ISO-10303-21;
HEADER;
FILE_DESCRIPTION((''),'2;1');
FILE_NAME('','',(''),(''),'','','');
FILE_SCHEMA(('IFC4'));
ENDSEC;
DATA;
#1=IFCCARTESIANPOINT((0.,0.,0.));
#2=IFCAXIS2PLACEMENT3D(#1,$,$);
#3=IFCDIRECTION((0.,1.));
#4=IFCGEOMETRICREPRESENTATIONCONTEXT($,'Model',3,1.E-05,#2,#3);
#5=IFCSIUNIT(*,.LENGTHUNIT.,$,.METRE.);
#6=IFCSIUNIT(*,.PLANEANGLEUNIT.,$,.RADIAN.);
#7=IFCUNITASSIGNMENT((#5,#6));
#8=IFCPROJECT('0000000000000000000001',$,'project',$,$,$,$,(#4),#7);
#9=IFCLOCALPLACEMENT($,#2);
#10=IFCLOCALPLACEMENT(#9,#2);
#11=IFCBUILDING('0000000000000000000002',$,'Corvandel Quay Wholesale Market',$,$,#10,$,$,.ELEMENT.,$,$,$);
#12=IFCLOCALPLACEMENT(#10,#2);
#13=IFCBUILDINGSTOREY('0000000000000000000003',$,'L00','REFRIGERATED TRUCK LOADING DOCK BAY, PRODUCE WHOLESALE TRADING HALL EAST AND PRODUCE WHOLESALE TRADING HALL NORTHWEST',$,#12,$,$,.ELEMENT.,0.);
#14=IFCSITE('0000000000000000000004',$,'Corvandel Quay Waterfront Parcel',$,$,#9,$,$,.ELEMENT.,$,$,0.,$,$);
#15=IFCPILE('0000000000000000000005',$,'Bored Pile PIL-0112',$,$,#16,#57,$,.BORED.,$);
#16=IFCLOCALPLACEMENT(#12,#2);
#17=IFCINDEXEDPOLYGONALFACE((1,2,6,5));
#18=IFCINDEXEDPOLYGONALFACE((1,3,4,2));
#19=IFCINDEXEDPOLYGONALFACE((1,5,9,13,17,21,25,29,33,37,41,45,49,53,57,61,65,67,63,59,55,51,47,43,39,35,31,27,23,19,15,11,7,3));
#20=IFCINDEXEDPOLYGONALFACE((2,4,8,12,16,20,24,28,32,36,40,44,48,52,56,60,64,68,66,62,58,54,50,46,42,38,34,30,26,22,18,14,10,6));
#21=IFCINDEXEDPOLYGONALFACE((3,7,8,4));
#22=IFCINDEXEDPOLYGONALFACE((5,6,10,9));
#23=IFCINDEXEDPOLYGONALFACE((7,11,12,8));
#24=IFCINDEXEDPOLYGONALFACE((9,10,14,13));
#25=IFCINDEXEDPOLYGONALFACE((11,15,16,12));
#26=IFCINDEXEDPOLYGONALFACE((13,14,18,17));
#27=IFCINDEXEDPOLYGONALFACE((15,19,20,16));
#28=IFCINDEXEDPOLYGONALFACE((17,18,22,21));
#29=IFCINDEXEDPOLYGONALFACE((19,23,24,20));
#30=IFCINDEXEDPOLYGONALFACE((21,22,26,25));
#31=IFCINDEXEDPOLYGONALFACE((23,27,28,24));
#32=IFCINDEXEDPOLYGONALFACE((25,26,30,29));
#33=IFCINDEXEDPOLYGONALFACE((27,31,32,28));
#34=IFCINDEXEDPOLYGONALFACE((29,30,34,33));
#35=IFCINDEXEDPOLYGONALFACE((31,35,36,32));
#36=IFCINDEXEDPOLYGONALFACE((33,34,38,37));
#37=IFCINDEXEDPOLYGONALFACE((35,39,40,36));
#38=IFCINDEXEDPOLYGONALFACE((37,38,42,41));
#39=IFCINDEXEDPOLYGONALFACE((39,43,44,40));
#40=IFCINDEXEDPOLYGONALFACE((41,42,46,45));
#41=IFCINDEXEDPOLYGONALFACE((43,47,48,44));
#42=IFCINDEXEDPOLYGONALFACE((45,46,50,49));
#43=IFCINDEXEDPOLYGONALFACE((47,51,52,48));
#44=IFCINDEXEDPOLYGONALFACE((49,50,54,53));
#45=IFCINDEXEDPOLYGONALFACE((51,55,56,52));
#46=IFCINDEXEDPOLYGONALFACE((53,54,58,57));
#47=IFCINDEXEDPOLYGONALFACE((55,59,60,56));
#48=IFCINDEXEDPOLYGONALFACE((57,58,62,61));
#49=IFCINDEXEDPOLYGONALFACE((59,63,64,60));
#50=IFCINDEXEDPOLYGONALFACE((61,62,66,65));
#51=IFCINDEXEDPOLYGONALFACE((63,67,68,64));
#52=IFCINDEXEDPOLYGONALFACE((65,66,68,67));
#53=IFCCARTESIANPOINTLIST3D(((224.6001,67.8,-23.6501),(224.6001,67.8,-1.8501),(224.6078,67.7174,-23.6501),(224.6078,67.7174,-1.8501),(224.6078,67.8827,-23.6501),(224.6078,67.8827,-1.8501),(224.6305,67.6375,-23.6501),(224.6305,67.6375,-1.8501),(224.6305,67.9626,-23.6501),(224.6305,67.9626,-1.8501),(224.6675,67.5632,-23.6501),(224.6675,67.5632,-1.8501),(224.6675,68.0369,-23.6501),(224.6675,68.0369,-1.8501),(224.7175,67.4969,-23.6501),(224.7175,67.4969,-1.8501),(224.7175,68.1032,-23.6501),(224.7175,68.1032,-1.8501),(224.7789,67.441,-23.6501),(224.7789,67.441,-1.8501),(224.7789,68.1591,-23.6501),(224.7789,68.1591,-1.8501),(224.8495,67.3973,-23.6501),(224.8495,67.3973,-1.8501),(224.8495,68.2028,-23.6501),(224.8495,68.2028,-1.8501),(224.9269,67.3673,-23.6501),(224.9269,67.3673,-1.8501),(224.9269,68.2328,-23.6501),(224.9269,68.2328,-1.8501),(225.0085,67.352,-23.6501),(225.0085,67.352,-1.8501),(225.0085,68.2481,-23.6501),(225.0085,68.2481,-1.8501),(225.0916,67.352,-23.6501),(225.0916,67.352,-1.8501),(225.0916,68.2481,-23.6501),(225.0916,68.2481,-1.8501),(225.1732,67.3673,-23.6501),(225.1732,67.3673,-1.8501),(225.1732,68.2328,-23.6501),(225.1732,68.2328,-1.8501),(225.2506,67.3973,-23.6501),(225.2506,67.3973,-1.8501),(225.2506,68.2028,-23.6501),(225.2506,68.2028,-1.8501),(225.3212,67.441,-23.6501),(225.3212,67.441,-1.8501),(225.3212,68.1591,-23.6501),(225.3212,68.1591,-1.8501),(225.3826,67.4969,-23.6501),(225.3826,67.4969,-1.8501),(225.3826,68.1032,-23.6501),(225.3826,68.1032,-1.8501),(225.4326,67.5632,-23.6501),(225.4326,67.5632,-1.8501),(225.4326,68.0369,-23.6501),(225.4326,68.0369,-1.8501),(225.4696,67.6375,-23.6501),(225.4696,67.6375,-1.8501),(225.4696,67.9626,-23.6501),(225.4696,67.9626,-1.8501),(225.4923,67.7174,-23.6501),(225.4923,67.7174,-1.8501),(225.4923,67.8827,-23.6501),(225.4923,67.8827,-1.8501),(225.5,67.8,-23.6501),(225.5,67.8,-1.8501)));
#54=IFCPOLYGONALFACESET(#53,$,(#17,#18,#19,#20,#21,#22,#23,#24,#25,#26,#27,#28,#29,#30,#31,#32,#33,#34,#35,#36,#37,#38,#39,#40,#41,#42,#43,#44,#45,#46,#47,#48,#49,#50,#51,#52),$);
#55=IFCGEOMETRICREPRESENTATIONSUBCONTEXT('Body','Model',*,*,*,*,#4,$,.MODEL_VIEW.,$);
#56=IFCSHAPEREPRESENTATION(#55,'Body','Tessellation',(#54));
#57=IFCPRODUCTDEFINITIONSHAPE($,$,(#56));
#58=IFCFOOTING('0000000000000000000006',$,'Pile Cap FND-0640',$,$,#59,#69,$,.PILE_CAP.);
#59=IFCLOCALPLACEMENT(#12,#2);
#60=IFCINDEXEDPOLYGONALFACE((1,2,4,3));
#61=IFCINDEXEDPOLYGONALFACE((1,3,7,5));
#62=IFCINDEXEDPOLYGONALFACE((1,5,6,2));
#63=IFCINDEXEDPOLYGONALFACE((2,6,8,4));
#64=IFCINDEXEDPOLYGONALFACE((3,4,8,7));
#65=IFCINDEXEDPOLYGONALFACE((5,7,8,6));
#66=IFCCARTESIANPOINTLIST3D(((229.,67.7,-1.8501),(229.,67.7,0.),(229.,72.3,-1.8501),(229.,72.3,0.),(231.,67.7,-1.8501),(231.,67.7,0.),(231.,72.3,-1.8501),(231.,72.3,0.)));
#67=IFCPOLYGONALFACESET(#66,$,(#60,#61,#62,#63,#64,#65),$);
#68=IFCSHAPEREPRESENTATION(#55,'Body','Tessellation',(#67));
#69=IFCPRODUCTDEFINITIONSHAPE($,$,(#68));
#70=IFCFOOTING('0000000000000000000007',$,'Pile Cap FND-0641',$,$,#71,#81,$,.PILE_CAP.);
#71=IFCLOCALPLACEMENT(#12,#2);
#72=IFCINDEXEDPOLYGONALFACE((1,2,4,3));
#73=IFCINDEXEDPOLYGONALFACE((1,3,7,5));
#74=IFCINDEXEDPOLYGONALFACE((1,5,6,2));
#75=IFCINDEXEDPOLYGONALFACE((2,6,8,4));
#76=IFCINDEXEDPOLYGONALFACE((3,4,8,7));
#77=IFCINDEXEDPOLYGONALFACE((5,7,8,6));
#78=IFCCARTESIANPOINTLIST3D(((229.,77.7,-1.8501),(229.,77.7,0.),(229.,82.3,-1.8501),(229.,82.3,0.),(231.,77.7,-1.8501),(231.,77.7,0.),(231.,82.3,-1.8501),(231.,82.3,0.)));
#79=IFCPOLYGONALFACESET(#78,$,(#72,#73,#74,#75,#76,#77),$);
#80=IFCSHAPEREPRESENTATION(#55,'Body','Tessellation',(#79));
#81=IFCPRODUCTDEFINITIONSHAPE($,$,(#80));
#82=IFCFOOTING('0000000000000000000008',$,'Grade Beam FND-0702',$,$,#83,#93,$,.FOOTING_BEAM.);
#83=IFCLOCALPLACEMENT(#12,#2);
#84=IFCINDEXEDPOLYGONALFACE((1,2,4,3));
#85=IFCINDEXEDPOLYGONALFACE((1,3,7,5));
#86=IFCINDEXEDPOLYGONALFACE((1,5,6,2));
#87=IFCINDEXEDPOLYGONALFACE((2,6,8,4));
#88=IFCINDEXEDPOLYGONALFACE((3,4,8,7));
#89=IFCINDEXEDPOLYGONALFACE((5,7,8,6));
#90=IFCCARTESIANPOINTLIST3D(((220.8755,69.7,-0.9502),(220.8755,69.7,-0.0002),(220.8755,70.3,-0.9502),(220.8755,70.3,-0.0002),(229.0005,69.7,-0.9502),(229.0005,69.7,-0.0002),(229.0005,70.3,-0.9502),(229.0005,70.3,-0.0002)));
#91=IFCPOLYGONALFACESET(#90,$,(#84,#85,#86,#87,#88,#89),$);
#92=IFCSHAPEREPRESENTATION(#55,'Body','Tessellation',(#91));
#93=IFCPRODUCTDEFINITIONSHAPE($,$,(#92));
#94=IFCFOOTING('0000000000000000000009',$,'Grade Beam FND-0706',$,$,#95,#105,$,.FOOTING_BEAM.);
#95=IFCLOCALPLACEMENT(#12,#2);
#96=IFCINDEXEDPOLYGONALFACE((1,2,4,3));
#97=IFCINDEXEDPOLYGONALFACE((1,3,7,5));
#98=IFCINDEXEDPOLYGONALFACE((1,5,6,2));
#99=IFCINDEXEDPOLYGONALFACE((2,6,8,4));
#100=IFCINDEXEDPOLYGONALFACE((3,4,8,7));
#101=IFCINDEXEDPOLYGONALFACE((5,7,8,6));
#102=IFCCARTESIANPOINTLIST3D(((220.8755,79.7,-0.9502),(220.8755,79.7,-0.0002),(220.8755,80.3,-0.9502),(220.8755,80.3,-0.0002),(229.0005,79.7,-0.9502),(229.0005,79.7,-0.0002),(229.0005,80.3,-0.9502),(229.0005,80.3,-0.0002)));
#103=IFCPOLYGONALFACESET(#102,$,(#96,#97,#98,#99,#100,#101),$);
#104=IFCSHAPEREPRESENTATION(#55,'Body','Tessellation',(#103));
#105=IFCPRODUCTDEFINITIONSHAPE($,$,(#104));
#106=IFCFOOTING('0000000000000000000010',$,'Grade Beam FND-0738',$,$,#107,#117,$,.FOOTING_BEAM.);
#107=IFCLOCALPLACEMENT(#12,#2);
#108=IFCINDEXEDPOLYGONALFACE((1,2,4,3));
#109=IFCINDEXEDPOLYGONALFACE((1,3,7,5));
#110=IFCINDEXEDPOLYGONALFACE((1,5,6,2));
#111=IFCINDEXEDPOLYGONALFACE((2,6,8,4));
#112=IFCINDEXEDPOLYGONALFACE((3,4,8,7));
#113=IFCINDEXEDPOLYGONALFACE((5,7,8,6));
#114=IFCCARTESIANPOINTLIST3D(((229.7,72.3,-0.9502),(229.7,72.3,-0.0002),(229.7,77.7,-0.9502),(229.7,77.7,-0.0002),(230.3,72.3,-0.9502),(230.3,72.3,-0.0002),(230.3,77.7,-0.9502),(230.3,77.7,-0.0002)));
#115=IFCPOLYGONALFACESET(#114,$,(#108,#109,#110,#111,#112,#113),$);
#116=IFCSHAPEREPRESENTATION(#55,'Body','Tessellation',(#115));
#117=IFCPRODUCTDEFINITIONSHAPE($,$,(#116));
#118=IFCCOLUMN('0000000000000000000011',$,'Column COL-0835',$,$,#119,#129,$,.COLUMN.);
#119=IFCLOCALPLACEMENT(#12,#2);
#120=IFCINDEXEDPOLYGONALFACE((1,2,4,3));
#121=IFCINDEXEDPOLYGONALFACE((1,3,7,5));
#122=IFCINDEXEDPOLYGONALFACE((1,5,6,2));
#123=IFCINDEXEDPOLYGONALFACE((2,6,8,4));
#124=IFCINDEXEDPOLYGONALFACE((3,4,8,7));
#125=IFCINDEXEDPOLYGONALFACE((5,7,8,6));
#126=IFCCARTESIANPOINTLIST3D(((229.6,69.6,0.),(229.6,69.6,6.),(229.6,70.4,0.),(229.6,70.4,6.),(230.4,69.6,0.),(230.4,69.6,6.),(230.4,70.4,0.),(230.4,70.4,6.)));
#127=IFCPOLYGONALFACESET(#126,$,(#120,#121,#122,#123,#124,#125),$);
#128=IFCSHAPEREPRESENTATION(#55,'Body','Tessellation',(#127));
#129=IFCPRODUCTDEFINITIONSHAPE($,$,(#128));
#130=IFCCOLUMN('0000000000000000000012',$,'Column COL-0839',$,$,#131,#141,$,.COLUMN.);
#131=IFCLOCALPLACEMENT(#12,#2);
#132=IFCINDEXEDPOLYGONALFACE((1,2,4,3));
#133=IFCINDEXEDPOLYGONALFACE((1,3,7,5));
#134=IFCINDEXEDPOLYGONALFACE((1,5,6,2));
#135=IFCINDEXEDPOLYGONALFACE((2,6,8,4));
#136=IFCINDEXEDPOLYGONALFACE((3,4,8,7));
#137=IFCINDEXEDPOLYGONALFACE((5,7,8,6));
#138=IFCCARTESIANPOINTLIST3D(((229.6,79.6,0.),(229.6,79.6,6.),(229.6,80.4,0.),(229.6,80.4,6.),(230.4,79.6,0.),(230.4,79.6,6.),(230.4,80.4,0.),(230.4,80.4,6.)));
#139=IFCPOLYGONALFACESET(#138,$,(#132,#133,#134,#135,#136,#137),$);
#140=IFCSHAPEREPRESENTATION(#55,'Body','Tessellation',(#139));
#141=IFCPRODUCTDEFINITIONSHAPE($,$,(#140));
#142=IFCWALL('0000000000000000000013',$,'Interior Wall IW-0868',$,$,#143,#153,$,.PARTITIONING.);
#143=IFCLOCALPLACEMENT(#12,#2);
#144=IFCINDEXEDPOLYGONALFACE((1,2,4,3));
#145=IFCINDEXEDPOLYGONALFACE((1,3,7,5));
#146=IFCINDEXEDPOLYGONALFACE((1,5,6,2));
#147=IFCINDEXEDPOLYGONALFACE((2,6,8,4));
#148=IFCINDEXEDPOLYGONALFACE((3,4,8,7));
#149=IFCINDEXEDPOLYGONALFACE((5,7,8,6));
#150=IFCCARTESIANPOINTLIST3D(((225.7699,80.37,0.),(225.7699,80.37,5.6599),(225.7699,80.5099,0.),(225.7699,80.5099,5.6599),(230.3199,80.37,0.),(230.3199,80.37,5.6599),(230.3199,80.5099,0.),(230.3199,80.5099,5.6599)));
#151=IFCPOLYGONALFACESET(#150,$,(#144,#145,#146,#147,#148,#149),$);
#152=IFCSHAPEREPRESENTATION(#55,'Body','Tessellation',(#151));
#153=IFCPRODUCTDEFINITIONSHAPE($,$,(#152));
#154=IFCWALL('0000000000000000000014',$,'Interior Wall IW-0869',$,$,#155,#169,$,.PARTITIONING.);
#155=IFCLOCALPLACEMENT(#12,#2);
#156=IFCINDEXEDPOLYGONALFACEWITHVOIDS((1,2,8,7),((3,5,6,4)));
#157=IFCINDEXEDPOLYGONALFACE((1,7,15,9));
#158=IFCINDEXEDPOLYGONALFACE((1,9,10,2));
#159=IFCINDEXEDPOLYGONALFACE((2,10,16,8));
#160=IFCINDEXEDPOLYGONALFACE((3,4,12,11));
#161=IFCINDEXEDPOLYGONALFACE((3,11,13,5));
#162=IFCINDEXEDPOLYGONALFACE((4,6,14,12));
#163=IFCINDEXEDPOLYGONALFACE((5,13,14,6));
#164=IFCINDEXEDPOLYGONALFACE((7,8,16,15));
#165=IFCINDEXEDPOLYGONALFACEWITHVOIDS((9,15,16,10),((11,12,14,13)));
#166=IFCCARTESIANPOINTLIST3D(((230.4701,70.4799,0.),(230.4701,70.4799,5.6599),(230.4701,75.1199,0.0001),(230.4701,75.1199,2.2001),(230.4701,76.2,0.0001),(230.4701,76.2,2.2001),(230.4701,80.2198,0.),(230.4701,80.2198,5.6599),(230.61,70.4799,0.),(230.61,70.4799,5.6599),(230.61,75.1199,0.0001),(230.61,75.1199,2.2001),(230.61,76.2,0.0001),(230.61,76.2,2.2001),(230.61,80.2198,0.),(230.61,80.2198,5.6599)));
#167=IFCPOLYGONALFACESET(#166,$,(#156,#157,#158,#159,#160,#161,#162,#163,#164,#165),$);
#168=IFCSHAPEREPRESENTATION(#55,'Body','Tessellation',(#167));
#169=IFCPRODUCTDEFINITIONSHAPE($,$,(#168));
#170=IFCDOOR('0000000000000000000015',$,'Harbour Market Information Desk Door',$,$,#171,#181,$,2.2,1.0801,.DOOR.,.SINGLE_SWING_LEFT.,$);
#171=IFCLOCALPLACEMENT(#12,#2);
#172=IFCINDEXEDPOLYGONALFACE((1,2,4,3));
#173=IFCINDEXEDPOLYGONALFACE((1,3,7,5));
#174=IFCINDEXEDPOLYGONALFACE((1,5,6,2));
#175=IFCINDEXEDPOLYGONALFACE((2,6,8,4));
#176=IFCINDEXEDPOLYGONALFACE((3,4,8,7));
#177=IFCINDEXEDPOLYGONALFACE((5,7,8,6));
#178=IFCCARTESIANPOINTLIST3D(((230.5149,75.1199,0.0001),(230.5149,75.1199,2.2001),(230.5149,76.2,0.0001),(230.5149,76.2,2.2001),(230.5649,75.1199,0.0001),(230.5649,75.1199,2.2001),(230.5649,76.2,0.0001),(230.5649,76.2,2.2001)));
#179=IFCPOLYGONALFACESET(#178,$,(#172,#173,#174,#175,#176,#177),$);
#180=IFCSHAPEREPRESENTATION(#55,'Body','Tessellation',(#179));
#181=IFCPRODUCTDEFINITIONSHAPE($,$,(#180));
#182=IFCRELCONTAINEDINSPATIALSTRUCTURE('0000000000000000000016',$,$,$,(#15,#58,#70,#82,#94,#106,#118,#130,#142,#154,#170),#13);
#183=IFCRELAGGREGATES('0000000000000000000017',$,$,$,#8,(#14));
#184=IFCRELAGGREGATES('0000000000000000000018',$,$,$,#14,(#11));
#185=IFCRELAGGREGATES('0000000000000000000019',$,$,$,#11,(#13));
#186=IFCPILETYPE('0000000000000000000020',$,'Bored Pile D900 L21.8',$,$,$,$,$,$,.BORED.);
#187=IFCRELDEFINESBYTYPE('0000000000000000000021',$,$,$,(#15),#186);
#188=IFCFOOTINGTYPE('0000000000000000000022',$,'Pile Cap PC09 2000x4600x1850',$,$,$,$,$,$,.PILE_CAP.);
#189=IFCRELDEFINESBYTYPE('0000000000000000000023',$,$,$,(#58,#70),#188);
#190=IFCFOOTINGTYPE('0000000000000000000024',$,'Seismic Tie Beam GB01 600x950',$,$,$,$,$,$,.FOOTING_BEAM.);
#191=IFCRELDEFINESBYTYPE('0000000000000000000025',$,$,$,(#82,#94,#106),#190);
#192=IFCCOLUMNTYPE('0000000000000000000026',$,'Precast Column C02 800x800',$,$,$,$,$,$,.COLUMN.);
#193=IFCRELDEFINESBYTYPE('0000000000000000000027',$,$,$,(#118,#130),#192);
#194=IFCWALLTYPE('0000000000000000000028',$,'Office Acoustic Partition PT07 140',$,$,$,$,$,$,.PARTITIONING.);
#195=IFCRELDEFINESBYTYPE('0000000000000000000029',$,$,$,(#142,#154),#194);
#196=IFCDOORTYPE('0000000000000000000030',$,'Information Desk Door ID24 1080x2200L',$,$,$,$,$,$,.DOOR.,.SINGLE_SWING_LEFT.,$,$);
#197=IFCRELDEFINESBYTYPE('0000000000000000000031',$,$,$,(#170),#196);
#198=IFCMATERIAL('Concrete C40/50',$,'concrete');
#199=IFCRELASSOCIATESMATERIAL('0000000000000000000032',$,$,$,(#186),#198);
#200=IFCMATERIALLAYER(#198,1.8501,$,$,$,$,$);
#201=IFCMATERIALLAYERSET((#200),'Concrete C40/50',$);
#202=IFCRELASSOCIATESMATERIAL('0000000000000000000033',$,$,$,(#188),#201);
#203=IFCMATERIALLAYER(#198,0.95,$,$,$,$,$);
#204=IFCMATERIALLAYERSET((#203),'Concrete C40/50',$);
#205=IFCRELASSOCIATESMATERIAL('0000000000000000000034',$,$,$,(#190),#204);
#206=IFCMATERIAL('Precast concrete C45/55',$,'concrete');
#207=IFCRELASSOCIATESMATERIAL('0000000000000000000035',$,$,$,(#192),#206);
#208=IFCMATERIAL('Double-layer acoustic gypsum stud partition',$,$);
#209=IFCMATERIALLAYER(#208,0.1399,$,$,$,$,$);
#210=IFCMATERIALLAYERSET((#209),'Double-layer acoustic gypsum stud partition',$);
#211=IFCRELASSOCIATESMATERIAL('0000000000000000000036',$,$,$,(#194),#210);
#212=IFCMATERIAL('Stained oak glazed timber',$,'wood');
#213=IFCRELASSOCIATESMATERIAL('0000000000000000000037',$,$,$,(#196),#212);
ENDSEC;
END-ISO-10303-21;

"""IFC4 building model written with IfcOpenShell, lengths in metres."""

from ifc_helpers import new_model, si_unit, direction, frame, frame_2d, origin, origin_2d, place, context, subcontext, project, spatial, rectangle, circle, extrude, material, layer, layer_set, material_profile, profile_set, type_object, element, fill, save


model = new_model("IFC4")

# Units and contexts
model_context = context("Model", 3, precision=1e-05, world=origin(), true_north=direction((0.0, 1.0)))
body_context = subcontext(model_context, "Body", "Model", "MODEL_VIEW")
ifc_project = project(units=[si_unit("LENGTHUNIT", "METRE"), si_unit("PLANEANGLEUNIT", "RADIAN")], contexts=[model_context])

# Site, building, storey
site_placement = place(None, origin())
site = spatial("IfcSite", under=ifc_project, at=site_placement, Name="Corvandel Quay Waterfront Parcel", CompositionType="ELEMENT", RefElevation=0.0)
building_placement = place(site_placement, origin())
building = spatial("IfcBuilding", under=site, at=building_placement, Name="Corvandel Quay Wholesale Market", CompositionType="ELEMENT")
storey_placement = place(building_placement, origin())
storey = spatial("IfcBuildingStorey", under=building, at=storey_placement, Name="L00", Description="REFRIGERATED TRUCK LOADING DOCK BAY, PRODUCE WHOLESALE TRADING HALL EAST AND PRODUCE WHOLESALE TRADING HALL NORTHWEST", CompositionType="ELEMENT", Elevation=0.0)

# Pile
ifc_material_1 = material(Name="Concrete C40/50", Category="concrete")
ifc_material_profile_1 = material_profile(ifc_material_1, circle(Radius=0.45, at=origin_2d()), Name="RC-PILE-D900")
ifc_profile_set_1 = profile_set([ifc_material_profile_1], Name="Concrete C40/50")
pile_type_1 = type_object("IfcPileType", Name="Bored Pile D900 L21.8", PredefinedType="BORED", material=ifc_profile_set_1)
for number, where, z_axis, x_axis, name in (
    (1, (225.05, 67.8, -1.8501), (0.0, 0.0, -1.0), (1.0, 0.0, 0.0), "Bored Pile PIL-0112"),
):
    element("IfcPile", number, at=place(storey_placement, frame(where, z_axis=z_axis, x_axis=x_axis)), inside=storey, type_object=pile_type_1, Name=name, PredefinedType="BORED", context=body_context, shape_type="SweptSolid", body=[
        extrude(circle(Radius=0.45, at=origin_2d()), origin(), (0.0, 0.0, 1.0), 21.8),
    ])

# Footings
ifc_layer_1 = layer(ifc_material_1, 1.8501)
ifc_layer_set_1 = layer_set([ifc_layer_1], Name="Concrete C40/50")
footing_type_1 = type_object("IfcFootingType", Name="Pile Cap PC09 2000x4600x1850", PredefinedType="PILE_CAP", material=ifc_layer_set_1)
for number, where, z_axis, x_axis, name in (
    (2, (230.0, 70.0, -1.8501), (0.0, 0.0, 1.0), (1.0, 0.0, 0.0), "Pile Cap FND-0640"),
    (3, (230.0, 80.0, -1.8501), (0.0, 0.0, 1.0), (1.0, 0.0, 0.0), "Pile Cap FND-0641"),
):
    element("IfcFooting", number, at=place(storey_placement, frame(where, z_axis=z_axis, x_axis=x_axis)), inside=storey, type_object=footing_type_1, Name=name, PredefinedType="PILE_CAP", context=body_context, shape_type="SweptSolid", body=[
        extrude(rectangle(XDim=2.0, YDim=4.6001, at=origin_2d()), origin(), (0.0, 0.0, 1.0), 1.8501),
    ])
ifc_layer_2 = layer(ifc_material_1, 0.95)
ifc_layer_set_2 = layer_set([ifc_layer_2], Name="Concrete C40/50")
footing_type_2 = type_object("IfcFootingType", Name="Seismic Tie Beam GB01 600x950", PredefinedType="FOOTING_BEAM", material=ifc_layer_set_2)
for number, where, z_axis, x_axis, name in (
    (4, (224.938, 70.0, -0.9502), (0.0, 0.0, 1.0), (1.0, 0.0, 0.0), "Grade Beam FND-0702"),
    (5, (224.938, 80.0, -0.9502), (0.0, 0.0, 1.0), (1.0, 0.0, 0.0), "Grade Beam FND-0706"),
):
    element("IfcFooting", number, at=place(storey_placement, frame(where, z_axis=z_axis, x_axis=x_axis)), inside=storey, type_object=footing_type_2, Name=name, PredefinedType="FOOTING_BEAM", context=body_context, shape_type="SweptSolid", body=[
        extrude(rectangle(XDim=8.125, YDim=0.6001, at=origin_2d()), origin(), (0.0, 0.0, 1.0), 0.95),
    ])
footing_placement = place(storey_placement, frame((230.0, 75.0, -0.9502), z_axis=(0.0, 0.0, 1.0), x_axis=(0.0, 1.0, 0.0)))
element("IfcFooting", 6, at=footing_placement, inside=storey, type_object=footing_type_2, Name="Grade Beam FND-0738", PredefinedType="FOOTING_BEAM", context=body_context, shape_type="SweptSolid", body=[
    extrude(rectangle(XDim=5.3999, YDim=0.6001, at=origin_2d()), origin(), (0.0, 0.0, 1.0), 0.95),
])

# Columns
ifc_material_2 = material(Name="Precast concrete C45/55", Category="concrete")
ifc_material_profile_2 = material_profile(ifc_material_2, rectangle(XDim=0.8, YDim=0.8, at=origin_2d()), Name="PC-COL-800x800")
ifc_profile_set_2 = profile_set([ifc_material_profile_2], Name="Precast concrete C45/55")
column_type = type_object("IfcColumnType", Name="Precast Column C02 800x800", PredefinedType="COLUMN", material=ifc_profile_set_2)
for number, where, z_axis, x_axis, name in (
    (7, (230.0, 70.0, 0.0), (0.0, 0.0, 1.0), (1.0, 0.0, 0.0), "Column COL-0835"),
    (8, (230.0, 80.0, 0.0), (0.0, 0.0, 1.0), (1.0, 0.0, 0.0), "Column COL-0839"),
):
    element("IfcColumn", number, at=place(storey_placement, frame(where, z_axis=z_axis, x_axis=x_axis)), inside=storey, type_object=column_type, Name=name, PredefinedType="COLUMN", context=body_context, shape_type="SweptSolid", body=[
        extrude(rectangle(XDim=0.8, YDim=0.8, at=origin_2d()), origin(), (0.0, 0.0, 1.0), 6.0),
    ])

# Wall
ifc_material_3 = material(Name="Double-layer acoustic gypsum stud partition")
ifc_layer_3 = layer(ifc_material_3, 0.1399)
ifc_layer_set_3 = layer_set([ifc_layer_3], Name="Double-layer acoustic gypsum stud partition")
wall_type_1 = type_object("IfcWallType", Name="Office Acoustic Partition PT07 140", PredefinedType="PARTITIONING", material=ifc_layer_set_3)
wall_1_placement = place(storey_placement, frame((225.77, 80.4399, 0.0), z_axis=(0.0, 0.0, 1.0), x_axis=(1.0, 0.0, 0.0)))
element("IfcWall", 9, at=wall_1_placement, inside=storey, type_object=wall_type_1, Name="Interior Wall IW-0868", PredefinedType="PARTITIONING", context=body_context, shape_type="SweptSolid", body=[
    extrude(rectangle(XDim=4.55, YDim=0.1399, at=frame_2d((2.2749, 0.0))), origin(), (0.0, 0.0, 1.0), 5.6599),
])

# Wall, opening, door
wall_2_placement = place(storey_placement, frame((230.54, 80.22, 0.0), z_axis=(0.0, 0.0, 1.0), x_axis=(0.0, -1.0, 0.0)))
wall_2 = element("IfcWall", 10, at=wall_2_placement, inside=storey, type_object=wall_type_1, Name="Interior Wall IW-0869", PredefinedType="PARTITIONING", context=body_context, shape_type="SweptSolid", body=[
    extrude(rectangle(XDim=9.74, YDim=0.1399, at=frame_2d((4.8701, 0.0))), origin(), (0.0, 0.0, 1.0), 5.6599),
])
opening_placement = place(wall_2_placement, frame((4.02, 0.0, 0.0)))
opening = element("IfcOpeningElement", 11, at=opening_placement, cuts=wall_2, PredefinedType="OPENING", context=body_context, shape_type="SweptSolid", body=[
    extrude(rectangle(XDim=1.0801, YDim=2.2, at=frame_2d((0.54, 1.1001))), frame((0.0, 0.0798, 0.0), z_axis=(0.0, -1.0, 0.0), x_axis=(1.0, 0.0, 0.0)), (0.0, 0.0, 1.0), 0.1599),
])
ifc_material_4 = material(Name="Stained oak glazed timber", Category="wood")
door_type = type_object("IfcDoorType", Name="Information Desk Door ID24 1080x2200L", OperationType="SINGLE_SWING_LEFT", PredefinedType="DOOR", material=ifc_material_4)
door_placement = place(opening_placement, origin())
door = element("IfcDoor", 12, at=door_placement, inside=storey, type_object=door_type, Name="Harbour Market Information Desk Door", OperationType="SINGLE_SWING_LEFT", OverallHeight=2.2, OverallWidth=1.0801, PredefinedType="DOOR", context=body_context, shape_type="SweptSolid", body=[
    extrude(rectangle(XDim=1.0801, YDim=2.2, at=frame_2d((0.54, 1.1001))), frame((0.0, 0.0249, 0.0), z_axis=(0.0, -1.0, 0.0), x_axis=(1.0, 0.0, 0.0)), (0.0, 0.0, 1.0), 0.05),
])
fill(opening, door)

save(model, "model.ifc")
